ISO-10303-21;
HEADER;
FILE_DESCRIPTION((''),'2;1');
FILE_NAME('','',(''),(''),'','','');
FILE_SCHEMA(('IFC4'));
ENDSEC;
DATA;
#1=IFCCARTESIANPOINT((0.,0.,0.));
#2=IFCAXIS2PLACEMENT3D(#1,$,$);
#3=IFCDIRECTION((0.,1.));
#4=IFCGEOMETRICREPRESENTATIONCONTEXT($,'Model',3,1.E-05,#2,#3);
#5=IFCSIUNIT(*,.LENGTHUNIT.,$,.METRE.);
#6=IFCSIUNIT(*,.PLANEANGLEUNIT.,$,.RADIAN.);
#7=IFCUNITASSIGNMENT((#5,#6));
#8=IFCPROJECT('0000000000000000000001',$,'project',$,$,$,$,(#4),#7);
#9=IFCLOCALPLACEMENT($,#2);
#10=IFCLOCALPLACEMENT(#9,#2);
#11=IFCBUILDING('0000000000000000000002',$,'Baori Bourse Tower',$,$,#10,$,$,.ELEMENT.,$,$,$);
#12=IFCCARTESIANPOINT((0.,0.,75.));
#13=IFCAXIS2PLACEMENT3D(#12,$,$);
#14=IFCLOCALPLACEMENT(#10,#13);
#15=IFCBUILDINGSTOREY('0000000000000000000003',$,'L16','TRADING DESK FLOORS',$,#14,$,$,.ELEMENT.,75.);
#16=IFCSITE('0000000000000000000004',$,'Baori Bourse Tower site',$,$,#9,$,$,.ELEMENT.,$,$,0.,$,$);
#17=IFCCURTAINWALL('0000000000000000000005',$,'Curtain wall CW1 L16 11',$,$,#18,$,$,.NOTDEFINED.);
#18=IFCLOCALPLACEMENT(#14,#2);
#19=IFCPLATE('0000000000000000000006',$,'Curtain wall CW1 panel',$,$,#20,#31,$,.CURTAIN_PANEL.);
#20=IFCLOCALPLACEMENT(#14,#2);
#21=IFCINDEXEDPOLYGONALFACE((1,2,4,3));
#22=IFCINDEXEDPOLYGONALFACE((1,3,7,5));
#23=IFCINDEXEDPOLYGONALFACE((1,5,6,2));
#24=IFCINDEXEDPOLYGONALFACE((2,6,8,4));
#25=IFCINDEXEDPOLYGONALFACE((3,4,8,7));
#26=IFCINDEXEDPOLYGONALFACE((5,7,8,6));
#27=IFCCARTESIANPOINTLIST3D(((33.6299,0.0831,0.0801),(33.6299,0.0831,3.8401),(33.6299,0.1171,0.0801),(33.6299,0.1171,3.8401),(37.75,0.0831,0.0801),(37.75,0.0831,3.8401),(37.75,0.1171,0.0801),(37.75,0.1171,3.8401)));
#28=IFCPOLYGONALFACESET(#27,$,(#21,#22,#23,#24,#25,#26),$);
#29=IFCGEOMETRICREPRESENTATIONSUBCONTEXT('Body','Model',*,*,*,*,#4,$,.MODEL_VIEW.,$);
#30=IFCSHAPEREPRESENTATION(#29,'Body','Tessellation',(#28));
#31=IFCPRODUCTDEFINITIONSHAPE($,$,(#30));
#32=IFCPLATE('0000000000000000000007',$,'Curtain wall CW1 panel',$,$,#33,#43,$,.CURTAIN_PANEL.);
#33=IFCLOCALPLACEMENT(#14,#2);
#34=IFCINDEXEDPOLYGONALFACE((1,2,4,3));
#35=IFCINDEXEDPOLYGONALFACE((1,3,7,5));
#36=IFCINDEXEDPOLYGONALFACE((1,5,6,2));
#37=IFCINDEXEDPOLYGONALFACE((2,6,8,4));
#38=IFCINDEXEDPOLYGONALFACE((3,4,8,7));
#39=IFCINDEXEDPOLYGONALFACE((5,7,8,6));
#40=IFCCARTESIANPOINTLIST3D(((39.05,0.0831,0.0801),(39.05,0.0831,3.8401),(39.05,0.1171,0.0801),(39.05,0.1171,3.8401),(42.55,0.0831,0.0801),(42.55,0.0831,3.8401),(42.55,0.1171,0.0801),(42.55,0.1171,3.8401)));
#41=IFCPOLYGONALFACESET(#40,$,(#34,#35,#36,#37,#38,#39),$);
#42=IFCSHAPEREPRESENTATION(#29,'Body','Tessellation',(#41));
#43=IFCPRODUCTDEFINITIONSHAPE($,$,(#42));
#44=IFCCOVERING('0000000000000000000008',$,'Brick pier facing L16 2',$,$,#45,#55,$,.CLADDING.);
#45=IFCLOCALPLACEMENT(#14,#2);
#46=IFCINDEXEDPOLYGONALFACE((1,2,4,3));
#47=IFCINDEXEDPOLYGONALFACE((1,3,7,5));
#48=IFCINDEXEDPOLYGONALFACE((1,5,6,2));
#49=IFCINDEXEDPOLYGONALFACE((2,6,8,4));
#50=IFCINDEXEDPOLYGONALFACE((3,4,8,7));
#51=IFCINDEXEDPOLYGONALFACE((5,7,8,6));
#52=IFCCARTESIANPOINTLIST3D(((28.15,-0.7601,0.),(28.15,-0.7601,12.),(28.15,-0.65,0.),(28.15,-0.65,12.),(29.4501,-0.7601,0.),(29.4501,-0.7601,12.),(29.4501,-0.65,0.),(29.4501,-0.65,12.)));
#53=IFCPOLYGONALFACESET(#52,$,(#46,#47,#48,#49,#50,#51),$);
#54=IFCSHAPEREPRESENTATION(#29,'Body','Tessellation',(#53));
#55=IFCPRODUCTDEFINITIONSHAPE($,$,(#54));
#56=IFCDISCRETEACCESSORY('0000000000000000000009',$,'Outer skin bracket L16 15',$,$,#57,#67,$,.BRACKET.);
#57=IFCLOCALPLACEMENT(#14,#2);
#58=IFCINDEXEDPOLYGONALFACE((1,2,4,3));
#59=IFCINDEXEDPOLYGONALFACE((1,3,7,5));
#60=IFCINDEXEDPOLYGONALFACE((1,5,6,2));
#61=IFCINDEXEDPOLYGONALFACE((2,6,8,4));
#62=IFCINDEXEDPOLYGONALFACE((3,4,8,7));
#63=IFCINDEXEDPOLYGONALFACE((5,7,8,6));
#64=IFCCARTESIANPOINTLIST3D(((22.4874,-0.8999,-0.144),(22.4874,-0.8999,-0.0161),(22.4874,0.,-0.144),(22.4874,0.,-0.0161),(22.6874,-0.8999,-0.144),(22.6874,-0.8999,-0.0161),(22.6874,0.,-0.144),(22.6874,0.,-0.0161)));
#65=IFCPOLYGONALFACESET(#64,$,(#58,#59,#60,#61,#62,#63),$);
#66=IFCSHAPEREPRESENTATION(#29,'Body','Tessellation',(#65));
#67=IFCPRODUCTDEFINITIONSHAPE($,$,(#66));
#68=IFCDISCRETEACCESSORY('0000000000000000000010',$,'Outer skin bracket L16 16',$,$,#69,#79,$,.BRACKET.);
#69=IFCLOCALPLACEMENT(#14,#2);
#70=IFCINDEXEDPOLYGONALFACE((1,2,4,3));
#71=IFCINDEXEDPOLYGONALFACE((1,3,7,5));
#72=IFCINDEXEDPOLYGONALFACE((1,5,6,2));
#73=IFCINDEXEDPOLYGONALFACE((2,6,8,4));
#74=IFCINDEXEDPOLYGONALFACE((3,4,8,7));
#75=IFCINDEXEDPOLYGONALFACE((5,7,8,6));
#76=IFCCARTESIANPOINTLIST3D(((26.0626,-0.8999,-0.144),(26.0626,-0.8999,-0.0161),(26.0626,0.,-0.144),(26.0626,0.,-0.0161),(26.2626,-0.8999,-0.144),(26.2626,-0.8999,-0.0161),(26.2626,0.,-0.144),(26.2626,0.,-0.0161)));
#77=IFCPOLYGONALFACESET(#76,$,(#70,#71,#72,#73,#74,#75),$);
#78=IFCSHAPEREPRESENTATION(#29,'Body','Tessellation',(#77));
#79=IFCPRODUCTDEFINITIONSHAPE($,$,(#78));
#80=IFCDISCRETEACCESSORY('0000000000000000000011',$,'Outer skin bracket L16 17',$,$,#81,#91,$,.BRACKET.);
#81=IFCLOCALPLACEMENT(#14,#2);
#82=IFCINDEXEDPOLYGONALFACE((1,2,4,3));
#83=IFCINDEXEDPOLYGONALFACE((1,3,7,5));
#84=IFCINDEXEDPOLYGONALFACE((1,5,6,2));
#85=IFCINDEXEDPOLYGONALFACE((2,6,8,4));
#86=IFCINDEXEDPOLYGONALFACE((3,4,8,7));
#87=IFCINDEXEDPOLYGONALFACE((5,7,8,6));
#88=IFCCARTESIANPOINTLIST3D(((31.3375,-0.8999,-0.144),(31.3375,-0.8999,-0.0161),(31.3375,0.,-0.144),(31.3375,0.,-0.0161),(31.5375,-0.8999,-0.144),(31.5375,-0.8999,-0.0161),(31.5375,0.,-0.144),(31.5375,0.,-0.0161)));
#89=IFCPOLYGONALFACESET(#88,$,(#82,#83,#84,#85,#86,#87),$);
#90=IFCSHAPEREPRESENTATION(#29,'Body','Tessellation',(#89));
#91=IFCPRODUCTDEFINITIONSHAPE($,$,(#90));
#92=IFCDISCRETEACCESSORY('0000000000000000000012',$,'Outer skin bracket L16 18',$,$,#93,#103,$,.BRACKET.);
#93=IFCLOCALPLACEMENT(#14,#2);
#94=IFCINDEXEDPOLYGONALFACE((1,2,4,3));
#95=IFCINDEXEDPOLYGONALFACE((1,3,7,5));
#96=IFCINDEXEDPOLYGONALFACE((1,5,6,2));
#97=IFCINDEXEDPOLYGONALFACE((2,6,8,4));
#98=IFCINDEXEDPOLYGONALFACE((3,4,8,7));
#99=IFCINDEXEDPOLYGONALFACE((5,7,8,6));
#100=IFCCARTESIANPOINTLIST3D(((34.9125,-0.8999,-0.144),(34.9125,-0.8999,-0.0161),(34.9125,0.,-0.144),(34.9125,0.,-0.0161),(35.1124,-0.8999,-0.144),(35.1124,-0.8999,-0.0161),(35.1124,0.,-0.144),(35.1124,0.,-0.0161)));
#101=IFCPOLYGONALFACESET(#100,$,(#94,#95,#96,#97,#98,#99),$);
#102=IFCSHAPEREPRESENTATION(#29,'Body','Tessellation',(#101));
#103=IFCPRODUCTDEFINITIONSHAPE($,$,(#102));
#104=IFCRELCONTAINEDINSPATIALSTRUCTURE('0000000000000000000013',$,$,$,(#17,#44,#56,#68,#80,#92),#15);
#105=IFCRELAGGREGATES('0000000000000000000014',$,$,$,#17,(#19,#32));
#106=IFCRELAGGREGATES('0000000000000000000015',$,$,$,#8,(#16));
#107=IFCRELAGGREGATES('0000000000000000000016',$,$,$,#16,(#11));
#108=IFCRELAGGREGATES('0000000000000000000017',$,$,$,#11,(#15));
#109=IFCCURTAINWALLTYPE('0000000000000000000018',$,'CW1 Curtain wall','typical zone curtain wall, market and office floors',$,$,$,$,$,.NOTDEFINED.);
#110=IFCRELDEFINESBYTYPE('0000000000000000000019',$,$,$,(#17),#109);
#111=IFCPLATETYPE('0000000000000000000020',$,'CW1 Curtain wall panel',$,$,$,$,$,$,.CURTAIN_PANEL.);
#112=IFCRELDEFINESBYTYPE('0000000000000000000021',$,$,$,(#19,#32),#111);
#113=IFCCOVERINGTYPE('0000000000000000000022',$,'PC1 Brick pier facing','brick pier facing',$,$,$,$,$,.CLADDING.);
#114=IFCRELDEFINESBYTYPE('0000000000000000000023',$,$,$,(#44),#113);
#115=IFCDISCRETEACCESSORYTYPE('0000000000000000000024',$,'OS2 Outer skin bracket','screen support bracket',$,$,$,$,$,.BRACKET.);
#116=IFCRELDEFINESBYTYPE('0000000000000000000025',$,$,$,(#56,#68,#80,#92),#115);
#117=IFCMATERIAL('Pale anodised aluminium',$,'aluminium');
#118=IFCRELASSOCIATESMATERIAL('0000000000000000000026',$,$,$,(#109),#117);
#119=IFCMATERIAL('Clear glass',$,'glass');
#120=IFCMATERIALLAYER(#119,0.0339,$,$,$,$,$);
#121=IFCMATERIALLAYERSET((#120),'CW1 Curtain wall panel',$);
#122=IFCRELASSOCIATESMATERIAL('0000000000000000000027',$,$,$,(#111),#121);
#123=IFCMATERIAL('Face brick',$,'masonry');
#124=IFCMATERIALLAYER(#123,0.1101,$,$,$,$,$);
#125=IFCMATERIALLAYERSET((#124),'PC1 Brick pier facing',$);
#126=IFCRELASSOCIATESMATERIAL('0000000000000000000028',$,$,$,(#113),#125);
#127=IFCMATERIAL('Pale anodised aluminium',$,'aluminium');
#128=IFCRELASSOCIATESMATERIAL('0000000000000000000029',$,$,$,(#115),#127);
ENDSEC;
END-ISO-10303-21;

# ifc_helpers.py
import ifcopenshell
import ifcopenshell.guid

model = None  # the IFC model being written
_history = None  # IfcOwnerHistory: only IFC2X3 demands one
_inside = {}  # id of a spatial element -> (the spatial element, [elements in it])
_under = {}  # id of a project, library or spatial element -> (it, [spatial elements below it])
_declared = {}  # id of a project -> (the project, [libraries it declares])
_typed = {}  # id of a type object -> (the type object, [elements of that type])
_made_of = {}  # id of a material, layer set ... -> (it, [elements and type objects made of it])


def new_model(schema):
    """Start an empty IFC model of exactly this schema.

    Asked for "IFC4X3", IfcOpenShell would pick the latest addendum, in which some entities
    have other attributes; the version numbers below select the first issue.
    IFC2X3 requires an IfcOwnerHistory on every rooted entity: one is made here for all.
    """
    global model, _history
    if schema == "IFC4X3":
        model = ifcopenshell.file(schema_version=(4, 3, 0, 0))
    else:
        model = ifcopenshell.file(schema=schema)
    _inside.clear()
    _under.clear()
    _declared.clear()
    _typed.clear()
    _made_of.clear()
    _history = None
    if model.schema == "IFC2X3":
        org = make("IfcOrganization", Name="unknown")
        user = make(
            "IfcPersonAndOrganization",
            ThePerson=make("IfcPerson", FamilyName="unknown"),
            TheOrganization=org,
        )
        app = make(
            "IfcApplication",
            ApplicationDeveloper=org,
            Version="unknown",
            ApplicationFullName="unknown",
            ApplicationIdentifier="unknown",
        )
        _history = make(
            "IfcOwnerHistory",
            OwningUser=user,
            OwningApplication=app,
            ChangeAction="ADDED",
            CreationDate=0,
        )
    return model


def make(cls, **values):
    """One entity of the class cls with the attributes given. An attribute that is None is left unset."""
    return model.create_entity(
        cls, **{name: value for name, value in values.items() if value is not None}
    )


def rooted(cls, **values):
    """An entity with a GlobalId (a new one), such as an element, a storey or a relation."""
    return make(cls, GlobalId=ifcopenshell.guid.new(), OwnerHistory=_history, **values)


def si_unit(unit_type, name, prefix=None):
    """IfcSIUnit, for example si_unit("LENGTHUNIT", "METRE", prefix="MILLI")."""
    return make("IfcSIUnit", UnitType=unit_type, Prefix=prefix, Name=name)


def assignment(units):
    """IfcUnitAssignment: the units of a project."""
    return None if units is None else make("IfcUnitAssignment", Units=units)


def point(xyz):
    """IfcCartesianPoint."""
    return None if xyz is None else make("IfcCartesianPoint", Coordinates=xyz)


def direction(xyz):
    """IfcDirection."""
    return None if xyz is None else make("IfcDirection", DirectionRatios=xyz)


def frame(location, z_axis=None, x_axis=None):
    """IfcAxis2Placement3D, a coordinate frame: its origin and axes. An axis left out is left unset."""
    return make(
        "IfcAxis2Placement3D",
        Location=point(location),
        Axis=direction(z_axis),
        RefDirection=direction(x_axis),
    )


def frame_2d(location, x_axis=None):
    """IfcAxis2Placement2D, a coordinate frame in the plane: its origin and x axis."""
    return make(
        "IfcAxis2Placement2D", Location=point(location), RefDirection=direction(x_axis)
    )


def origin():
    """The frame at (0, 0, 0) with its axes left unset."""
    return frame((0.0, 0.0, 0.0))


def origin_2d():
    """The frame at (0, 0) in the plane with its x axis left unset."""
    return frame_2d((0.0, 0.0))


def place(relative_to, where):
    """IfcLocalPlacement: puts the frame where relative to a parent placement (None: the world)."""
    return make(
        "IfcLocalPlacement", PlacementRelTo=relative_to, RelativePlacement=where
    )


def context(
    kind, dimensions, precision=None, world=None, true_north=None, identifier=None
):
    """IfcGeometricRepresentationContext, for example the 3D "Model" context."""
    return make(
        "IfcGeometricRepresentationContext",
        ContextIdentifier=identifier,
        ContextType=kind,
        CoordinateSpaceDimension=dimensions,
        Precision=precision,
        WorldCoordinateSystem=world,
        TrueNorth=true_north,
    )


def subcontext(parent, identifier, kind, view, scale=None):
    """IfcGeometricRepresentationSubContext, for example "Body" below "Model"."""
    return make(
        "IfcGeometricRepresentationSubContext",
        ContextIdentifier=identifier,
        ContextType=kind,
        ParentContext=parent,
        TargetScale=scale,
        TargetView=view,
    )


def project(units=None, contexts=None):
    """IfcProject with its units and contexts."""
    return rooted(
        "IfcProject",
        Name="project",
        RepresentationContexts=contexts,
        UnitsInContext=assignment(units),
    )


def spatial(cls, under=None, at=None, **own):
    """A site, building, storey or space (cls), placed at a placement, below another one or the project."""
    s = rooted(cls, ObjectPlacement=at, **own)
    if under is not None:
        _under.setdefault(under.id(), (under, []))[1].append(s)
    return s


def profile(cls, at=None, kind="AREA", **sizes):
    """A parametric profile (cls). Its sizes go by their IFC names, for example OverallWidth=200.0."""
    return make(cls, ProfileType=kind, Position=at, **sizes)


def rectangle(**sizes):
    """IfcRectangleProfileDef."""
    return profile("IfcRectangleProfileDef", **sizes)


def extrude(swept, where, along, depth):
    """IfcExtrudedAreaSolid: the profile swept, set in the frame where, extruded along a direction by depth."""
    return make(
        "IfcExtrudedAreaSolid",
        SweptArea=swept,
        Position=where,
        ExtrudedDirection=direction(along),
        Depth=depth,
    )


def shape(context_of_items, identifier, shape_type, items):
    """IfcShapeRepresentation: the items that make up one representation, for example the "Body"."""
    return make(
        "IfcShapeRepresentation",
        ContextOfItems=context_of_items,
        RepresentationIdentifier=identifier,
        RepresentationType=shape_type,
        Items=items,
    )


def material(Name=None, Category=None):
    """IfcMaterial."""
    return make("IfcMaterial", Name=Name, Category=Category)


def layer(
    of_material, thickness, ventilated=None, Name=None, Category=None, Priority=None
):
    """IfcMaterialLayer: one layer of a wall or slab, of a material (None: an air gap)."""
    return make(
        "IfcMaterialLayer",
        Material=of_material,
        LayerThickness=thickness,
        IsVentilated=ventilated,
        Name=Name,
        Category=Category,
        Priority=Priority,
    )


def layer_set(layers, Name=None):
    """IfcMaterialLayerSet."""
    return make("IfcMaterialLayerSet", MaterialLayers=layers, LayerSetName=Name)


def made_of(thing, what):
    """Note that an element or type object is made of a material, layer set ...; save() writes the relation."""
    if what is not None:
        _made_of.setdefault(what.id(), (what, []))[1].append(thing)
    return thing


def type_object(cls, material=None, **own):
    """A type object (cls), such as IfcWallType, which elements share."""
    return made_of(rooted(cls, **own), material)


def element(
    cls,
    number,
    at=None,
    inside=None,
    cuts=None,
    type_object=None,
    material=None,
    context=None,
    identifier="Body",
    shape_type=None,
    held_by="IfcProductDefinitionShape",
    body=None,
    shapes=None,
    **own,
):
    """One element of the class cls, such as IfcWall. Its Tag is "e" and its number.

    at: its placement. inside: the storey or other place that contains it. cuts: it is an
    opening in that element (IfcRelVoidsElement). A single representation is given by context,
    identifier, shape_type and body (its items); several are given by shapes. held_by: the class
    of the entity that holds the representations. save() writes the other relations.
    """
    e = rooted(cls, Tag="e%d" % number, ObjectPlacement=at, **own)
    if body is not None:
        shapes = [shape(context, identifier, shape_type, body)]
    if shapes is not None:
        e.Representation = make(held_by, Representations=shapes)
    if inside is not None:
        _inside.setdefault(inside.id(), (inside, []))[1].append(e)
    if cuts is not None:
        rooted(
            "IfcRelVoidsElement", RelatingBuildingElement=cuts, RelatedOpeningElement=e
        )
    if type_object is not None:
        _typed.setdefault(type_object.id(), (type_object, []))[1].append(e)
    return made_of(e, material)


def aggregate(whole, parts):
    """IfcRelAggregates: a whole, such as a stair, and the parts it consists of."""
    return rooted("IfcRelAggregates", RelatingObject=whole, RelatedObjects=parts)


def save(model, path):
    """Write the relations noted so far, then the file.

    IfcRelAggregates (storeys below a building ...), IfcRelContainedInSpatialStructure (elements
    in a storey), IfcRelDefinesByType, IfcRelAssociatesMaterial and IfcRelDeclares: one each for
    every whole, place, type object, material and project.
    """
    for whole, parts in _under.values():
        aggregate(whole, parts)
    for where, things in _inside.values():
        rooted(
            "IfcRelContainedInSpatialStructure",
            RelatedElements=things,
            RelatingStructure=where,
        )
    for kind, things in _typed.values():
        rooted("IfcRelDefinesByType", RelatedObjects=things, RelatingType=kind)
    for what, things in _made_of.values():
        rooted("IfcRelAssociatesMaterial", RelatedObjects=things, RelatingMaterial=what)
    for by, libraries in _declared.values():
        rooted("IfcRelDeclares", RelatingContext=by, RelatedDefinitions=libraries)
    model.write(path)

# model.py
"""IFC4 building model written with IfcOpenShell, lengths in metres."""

from ifc_helpers import new_model, si_unit, direction, frame, origin, origin_2d, place, context, subcontext, project, spatial, rectangle, extrude, material, layer, layer_set, type_object, element, aggregate, save


model = new_model("IFC4")

# Units and contexts
model_context = context("Model", 3, precision=1e-05, world=origin(), true_north=direction((0.0, 1.0)))
body_context = subcontext(model_context, "Body", "Model", "MODEL_VIEW")
ifc_project = project(units=[si_unit("LENGTHUNIT", "METRE"), si_unit("PLANEANGLEUNIT", "RADIAN")], contexts=[model_context])

# Site, building, storey
site_placement = place(None, origin())
site = spatial("IfcSite", under=ifc_project, at=site_placement, Name="Baori Bourse Tower site", CompositionType="ELEMENT", RefElevation=0.0)
building_placement = place(site_placement, origin())
building = spatial("IfcBuilding", under=site, at=building_placement, Name="Baori Bourse Tower", CompositionType="ELEMENT")
storey_placement = place(building_placement, frame((0.0, 0.0, 75.0)))
storey = spatial("IfcBuildingStorey", under=building, at=storey_placement, Name="L16", Description="TRADING DESK FLOORS", CompositionType="ELEMENT", Elevation=75.0)

# Curtain wall
ifc_material_1 = material(Name="Pale anodised aluminium", Category="aluminium")
curtain_wall_type = type_object("IfcCurtainWallType", Name="CW1 Curtain wall", Description="typical zone curtain wall, market and office floors", PredefinedType="NOTDEFINED", material=ifc_material_1)
curtain_wall_placement = place(storey_placement, origin())
curtain_wall = element("IfcCurtainWall", 1, at=curtain_wall_placement, inside=storey, type_object=curtain_wall_type, Name="Curtain wall CW1 L16 11", PredefinedType="NOTDEFINED")

# Plates
ifc_material_2 = material(Name="Clear glass", Category="glass")
ifc_layer_1 = layer(ifc_material_2, 0.0339)
ifc_layer_set_1 = layer_set([ifc_layer_1], Name="CW1 Curtain wall panel")
plate_type = type_object("IfcPlateType", Name="CW1 Curtain wall panel", PredefinedType="CURTAIN_PANEL", material=ifc_layer_set_1)
plate_1_placement = place(storey_placement, frame((35.6899, 0.1001, 0.0801), z_axis=(0.0, 0.0, 1.0), x_axis=(1.0, 0.0, 0.0)))
plate_1 = element("IfcPlate", 2, at=plate_1_placement, type_object=plate_type, Name="Curtain wall CW1 panel", PredefinedType="CURTAIN_PANEL", context=body_context, shape_type="SweptSolid", body=[
    extrude(rectangle(XDim=4.1201, YDim=0.0339, at=origin_2d()), origin(), (0.0, 0.0, 1.0), 3.76),
])
plate_2_placement = place(storey_placement, frame((40.8, 0.1001, 0.0801), z_axis=(0.0, 0.0, 1.0), x_axis=(1.0, 0.0, 0.0)))
plate_2 = element("IfcPlate", 3, at=plate_2_placement, type_object=plate_type, Name="Curtain wall CW1 panel", PredefinedType="CURTAIN_PANEL", context=body_context, shape_type="SweptSolid", body=[
    extrude(rectangle(XDim=3.5, YDim=0.0339, at=origin_2d()), origin(), (0.0, 0.0, 1.0), 3.76),
])
aggregate(curtain_wall, [plate_1, plate_2])

# Covering
ifc_material_3 = material(Name="Face brick", Category="masonry")
ifc_layer_2 = layer(ifc_material_3, 0.1101)
ifc_layer_set_2 = layer_set([ifc_layer_2], Name="PC1 Brick pier facing")
covering_type = type_object("IfcCoveringType", Name="PC1 Brick pier facing", Description="brick pier facing", PredefinedType="CLADDING", material=ifc_layer_set_2)
covering_placement = place(storey_placement, frame((28.8, -0.7051, 0.0), z_axis=(0.0, 0.0, 1.0), x_axis=(1.0, 0.0, 0.0)))
element("IfcCovering", 4, at=covering_placement, inside=storey, type_object=covering_type, Name="Brick pier facing L16 2", PredefinedType="CLADDING", context=body_context, shape_type="SweptSolid", body=[
    extrude(rectangle(XDim=1.3, YDim=0.1101, at=origin_2d()), origin(), (0.0, 0.0, 1.0), 12.0),
])

# Discrete accessories
ifc_material_4 = material(Name="Pale anodised aluminium", Category="aluminium")
discrete_accessory_type = type_object("IfcDiscreteAccessoryType", Name="OS2 Outer skin bracket", Description="screen support bracket", PredefinedType="BRACKET", material=ifc_material_4)
for number, where, z_axis, x_axis, name in (
    (5, (22.5874, -0.45, -0.144), (0.0, 0.0, 1.0), (1.0, 0.0, 0.0), "Outer skin bracket L16 15"),
    (6, (26.1626, -0.45, -0.144), (0.0, 0.0, 1.0), (1.0, 0.0, 0.0), "Outer skin bracket L16 16"),
    (7, (31.4375, -0.45, -0.144), (0.0, 0.0, 1.0), (1.0, 0.0, 0.0), "Outer skin bracket L16 17"),
    (8, (35.0125, -0.45, -0.144), (0.0, 0.0, 1.0), (1.0, 0.0, 0.0), "Outer skin bracket L16 18"),
):
    element("IfcDiscreteAccessory", number, at=place(storey_placement, frame(where, z_axis=z_axis, x_axis=x_axis)), inside=storey, type_object=discrete_accessory_type, Name=name, PredefinedType="BRACKET", context=body_context, shape_type="SweptSolid", body=[
        extrude(rectangle(XDim=0.2, YDim=0.8999, at=origin_2d()), origin(), (0.0, 0.0, 1.0), 0.1279),
    ])

save(model, "model.ifc")
